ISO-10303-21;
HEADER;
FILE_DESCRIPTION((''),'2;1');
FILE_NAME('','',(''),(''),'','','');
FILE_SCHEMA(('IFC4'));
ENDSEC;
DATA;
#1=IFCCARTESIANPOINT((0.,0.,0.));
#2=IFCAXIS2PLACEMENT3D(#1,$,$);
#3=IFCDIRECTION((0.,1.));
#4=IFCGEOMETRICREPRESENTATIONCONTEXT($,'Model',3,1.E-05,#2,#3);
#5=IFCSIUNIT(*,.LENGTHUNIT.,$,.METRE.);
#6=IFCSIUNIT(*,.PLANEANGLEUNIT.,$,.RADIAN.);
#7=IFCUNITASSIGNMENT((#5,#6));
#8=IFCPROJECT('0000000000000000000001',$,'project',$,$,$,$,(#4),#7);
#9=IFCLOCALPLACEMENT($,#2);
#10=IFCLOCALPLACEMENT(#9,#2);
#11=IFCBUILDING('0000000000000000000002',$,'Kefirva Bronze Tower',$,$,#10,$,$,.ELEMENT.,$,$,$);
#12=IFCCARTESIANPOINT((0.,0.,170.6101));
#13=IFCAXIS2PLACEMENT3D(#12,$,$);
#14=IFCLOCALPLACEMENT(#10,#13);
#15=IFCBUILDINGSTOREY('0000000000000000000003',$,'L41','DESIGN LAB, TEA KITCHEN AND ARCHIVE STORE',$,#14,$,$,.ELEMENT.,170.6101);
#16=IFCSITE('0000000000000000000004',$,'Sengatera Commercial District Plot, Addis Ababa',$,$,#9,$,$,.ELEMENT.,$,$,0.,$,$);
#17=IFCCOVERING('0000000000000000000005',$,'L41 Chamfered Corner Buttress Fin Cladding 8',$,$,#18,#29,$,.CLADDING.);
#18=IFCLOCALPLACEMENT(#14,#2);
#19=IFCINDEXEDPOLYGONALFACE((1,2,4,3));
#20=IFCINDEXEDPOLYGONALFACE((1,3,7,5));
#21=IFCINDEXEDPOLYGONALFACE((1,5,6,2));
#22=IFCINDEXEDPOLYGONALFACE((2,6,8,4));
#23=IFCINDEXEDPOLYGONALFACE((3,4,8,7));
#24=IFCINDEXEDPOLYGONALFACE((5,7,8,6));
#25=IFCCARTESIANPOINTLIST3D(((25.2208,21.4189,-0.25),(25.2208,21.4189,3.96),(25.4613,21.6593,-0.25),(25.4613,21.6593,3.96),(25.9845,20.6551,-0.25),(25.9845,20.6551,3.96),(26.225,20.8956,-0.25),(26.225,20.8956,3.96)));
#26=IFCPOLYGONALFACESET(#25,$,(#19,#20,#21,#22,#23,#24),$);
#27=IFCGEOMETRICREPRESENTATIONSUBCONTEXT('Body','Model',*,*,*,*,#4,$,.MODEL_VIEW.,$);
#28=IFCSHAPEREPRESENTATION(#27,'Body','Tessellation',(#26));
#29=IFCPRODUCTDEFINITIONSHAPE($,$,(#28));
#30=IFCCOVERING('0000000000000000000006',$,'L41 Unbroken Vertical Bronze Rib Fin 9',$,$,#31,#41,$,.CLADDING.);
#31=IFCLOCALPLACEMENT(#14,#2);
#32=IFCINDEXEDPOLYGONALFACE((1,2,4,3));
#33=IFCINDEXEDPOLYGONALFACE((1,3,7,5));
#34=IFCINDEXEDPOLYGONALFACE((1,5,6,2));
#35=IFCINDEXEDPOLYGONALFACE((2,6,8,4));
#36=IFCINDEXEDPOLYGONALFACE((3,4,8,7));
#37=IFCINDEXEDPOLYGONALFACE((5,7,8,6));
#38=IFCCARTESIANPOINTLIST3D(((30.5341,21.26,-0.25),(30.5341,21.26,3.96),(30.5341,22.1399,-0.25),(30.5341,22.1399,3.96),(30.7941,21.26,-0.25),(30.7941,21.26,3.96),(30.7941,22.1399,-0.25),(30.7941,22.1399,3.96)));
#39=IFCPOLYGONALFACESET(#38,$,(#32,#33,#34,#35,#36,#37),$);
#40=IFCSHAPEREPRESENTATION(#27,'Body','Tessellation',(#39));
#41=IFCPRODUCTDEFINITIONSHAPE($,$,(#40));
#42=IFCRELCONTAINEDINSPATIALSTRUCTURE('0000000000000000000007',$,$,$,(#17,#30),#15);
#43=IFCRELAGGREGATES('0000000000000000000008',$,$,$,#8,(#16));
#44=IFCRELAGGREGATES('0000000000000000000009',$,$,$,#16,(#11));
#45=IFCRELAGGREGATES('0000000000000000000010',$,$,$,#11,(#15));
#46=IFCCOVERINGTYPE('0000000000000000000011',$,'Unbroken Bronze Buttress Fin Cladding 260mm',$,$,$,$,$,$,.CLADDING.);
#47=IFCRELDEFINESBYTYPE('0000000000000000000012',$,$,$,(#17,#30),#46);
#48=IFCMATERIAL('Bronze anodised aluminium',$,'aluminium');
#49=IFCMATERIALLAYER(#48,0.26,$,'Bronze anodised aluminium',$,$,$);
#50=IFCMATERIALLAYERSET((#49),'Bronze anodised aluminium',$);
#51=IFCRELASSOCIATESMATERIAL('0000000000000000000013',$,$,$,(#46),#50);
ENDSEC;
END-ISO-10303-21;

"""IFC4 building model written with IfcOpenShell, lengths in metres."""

from ifc_helpers import new_model, si_unit, direction, frame, origin, origin_2d, place, context, subcontext, project, spatial, rectangle, extrude, material, layer, layer_set, type_object, element, save


model = new_model("IFC4")

# Units and contexts
model_context = context("Model", 3, precision=1e-05, world=origin(), true_north=direction((0.0, 1.0)))
body_context = subcontext(model_context, "Body", "Model", "MODEL_VIEW")
ifc_project = project(units=[si_unit("LENGTHUNIT", "METRE"), si_unit("PLANEANGLEUNIT", "RADIAN")], contexts=[model_context])

# Site, building, storey
site_placement = place(None, origin())
site = spatial("IfcSite", under=ifc_project, at=site_placement, Name="Sengatera Commercial District Plot, Addis Ababa", CompositionType="ELEMENT", RefElevation=0.0)
building_placement = place(site_placement, origin())
building = spatial("IfcBuilding", under=site, at=building_placement, Name="Kefirva Bronze Tower", CompositionType="ELEMENT")
storey_placement = place(building_placement, frame((0.0, 0.0, 170.6101)))
storey = spatial("IfcBuildingStorey", under=building, at=storey_placement, Name="L41", Description="DESIGN LAB, TEA KITCHEN AND ARCHIVE STORE", CompositionType="ELEMENT", Elevation=170.6101)

# Shared definitions
ifc_material_1 = material(Name="Bronze anodised aluminium", Category="aluminium")

# Coverings
ifc_layer_1 = layer(ifc_material_1, 0.26, Name="Bronze anodised aluminium")
ifc_layer_set_1 = layer_set([ifc_layer_1], Name="Bronze anodised aluminium")
covering_type_1 = type_object("IfcCoveringType", Name="Unbroken Bronze Buttress Fin Cladding 260mm", PredefinedType="CLADDING", material=ifc_layer_set_1)
covering_1_placement = place(storey_placement, frame((25.7229, 21.1572, -0.25), z_axis=(0.0, 0.0, 1.0), x_axis=(0.707107, 0.707107, 0.0)))
element("IfcCovering", 1, at=covering_1_placement, inside=storey, type_object=covering_type_1, Name="L41 Chamfered Corner Buttress Fin Cladding 8", PredefinedType="CLADDING", context=body_context, shape_type="SweptSolid", body=[
    extrude(rectangle(XDim=0.3401, YDim=1.0801, at=origin_2d()), origin(), (0.0, 0.0, 1.0), 4.21),
])
covering_2_placement = place(storey_placement, frame((30.6641, 21.7, -0.25), z_axis=(0.0, 0.0, 1.0), x_axis=(1.0, 0.0, 0.0)))
element("IfcCovering", 2, at=covering_2_placement, inside=storey, type_object=covering_type_1, Name="L41 Unbroken Vertical Bronze Rib Fin 9", PredefinedType="CLADDING", context=body_context, shape_type="SweptSolid", body=[
    extrude(rectangle(XDim=0.26, YDim=0.8799, at=origin_2d()), origin(), (0.0, 0.0, 1.0), 4.21),
])

save(model, "model.ifc")
